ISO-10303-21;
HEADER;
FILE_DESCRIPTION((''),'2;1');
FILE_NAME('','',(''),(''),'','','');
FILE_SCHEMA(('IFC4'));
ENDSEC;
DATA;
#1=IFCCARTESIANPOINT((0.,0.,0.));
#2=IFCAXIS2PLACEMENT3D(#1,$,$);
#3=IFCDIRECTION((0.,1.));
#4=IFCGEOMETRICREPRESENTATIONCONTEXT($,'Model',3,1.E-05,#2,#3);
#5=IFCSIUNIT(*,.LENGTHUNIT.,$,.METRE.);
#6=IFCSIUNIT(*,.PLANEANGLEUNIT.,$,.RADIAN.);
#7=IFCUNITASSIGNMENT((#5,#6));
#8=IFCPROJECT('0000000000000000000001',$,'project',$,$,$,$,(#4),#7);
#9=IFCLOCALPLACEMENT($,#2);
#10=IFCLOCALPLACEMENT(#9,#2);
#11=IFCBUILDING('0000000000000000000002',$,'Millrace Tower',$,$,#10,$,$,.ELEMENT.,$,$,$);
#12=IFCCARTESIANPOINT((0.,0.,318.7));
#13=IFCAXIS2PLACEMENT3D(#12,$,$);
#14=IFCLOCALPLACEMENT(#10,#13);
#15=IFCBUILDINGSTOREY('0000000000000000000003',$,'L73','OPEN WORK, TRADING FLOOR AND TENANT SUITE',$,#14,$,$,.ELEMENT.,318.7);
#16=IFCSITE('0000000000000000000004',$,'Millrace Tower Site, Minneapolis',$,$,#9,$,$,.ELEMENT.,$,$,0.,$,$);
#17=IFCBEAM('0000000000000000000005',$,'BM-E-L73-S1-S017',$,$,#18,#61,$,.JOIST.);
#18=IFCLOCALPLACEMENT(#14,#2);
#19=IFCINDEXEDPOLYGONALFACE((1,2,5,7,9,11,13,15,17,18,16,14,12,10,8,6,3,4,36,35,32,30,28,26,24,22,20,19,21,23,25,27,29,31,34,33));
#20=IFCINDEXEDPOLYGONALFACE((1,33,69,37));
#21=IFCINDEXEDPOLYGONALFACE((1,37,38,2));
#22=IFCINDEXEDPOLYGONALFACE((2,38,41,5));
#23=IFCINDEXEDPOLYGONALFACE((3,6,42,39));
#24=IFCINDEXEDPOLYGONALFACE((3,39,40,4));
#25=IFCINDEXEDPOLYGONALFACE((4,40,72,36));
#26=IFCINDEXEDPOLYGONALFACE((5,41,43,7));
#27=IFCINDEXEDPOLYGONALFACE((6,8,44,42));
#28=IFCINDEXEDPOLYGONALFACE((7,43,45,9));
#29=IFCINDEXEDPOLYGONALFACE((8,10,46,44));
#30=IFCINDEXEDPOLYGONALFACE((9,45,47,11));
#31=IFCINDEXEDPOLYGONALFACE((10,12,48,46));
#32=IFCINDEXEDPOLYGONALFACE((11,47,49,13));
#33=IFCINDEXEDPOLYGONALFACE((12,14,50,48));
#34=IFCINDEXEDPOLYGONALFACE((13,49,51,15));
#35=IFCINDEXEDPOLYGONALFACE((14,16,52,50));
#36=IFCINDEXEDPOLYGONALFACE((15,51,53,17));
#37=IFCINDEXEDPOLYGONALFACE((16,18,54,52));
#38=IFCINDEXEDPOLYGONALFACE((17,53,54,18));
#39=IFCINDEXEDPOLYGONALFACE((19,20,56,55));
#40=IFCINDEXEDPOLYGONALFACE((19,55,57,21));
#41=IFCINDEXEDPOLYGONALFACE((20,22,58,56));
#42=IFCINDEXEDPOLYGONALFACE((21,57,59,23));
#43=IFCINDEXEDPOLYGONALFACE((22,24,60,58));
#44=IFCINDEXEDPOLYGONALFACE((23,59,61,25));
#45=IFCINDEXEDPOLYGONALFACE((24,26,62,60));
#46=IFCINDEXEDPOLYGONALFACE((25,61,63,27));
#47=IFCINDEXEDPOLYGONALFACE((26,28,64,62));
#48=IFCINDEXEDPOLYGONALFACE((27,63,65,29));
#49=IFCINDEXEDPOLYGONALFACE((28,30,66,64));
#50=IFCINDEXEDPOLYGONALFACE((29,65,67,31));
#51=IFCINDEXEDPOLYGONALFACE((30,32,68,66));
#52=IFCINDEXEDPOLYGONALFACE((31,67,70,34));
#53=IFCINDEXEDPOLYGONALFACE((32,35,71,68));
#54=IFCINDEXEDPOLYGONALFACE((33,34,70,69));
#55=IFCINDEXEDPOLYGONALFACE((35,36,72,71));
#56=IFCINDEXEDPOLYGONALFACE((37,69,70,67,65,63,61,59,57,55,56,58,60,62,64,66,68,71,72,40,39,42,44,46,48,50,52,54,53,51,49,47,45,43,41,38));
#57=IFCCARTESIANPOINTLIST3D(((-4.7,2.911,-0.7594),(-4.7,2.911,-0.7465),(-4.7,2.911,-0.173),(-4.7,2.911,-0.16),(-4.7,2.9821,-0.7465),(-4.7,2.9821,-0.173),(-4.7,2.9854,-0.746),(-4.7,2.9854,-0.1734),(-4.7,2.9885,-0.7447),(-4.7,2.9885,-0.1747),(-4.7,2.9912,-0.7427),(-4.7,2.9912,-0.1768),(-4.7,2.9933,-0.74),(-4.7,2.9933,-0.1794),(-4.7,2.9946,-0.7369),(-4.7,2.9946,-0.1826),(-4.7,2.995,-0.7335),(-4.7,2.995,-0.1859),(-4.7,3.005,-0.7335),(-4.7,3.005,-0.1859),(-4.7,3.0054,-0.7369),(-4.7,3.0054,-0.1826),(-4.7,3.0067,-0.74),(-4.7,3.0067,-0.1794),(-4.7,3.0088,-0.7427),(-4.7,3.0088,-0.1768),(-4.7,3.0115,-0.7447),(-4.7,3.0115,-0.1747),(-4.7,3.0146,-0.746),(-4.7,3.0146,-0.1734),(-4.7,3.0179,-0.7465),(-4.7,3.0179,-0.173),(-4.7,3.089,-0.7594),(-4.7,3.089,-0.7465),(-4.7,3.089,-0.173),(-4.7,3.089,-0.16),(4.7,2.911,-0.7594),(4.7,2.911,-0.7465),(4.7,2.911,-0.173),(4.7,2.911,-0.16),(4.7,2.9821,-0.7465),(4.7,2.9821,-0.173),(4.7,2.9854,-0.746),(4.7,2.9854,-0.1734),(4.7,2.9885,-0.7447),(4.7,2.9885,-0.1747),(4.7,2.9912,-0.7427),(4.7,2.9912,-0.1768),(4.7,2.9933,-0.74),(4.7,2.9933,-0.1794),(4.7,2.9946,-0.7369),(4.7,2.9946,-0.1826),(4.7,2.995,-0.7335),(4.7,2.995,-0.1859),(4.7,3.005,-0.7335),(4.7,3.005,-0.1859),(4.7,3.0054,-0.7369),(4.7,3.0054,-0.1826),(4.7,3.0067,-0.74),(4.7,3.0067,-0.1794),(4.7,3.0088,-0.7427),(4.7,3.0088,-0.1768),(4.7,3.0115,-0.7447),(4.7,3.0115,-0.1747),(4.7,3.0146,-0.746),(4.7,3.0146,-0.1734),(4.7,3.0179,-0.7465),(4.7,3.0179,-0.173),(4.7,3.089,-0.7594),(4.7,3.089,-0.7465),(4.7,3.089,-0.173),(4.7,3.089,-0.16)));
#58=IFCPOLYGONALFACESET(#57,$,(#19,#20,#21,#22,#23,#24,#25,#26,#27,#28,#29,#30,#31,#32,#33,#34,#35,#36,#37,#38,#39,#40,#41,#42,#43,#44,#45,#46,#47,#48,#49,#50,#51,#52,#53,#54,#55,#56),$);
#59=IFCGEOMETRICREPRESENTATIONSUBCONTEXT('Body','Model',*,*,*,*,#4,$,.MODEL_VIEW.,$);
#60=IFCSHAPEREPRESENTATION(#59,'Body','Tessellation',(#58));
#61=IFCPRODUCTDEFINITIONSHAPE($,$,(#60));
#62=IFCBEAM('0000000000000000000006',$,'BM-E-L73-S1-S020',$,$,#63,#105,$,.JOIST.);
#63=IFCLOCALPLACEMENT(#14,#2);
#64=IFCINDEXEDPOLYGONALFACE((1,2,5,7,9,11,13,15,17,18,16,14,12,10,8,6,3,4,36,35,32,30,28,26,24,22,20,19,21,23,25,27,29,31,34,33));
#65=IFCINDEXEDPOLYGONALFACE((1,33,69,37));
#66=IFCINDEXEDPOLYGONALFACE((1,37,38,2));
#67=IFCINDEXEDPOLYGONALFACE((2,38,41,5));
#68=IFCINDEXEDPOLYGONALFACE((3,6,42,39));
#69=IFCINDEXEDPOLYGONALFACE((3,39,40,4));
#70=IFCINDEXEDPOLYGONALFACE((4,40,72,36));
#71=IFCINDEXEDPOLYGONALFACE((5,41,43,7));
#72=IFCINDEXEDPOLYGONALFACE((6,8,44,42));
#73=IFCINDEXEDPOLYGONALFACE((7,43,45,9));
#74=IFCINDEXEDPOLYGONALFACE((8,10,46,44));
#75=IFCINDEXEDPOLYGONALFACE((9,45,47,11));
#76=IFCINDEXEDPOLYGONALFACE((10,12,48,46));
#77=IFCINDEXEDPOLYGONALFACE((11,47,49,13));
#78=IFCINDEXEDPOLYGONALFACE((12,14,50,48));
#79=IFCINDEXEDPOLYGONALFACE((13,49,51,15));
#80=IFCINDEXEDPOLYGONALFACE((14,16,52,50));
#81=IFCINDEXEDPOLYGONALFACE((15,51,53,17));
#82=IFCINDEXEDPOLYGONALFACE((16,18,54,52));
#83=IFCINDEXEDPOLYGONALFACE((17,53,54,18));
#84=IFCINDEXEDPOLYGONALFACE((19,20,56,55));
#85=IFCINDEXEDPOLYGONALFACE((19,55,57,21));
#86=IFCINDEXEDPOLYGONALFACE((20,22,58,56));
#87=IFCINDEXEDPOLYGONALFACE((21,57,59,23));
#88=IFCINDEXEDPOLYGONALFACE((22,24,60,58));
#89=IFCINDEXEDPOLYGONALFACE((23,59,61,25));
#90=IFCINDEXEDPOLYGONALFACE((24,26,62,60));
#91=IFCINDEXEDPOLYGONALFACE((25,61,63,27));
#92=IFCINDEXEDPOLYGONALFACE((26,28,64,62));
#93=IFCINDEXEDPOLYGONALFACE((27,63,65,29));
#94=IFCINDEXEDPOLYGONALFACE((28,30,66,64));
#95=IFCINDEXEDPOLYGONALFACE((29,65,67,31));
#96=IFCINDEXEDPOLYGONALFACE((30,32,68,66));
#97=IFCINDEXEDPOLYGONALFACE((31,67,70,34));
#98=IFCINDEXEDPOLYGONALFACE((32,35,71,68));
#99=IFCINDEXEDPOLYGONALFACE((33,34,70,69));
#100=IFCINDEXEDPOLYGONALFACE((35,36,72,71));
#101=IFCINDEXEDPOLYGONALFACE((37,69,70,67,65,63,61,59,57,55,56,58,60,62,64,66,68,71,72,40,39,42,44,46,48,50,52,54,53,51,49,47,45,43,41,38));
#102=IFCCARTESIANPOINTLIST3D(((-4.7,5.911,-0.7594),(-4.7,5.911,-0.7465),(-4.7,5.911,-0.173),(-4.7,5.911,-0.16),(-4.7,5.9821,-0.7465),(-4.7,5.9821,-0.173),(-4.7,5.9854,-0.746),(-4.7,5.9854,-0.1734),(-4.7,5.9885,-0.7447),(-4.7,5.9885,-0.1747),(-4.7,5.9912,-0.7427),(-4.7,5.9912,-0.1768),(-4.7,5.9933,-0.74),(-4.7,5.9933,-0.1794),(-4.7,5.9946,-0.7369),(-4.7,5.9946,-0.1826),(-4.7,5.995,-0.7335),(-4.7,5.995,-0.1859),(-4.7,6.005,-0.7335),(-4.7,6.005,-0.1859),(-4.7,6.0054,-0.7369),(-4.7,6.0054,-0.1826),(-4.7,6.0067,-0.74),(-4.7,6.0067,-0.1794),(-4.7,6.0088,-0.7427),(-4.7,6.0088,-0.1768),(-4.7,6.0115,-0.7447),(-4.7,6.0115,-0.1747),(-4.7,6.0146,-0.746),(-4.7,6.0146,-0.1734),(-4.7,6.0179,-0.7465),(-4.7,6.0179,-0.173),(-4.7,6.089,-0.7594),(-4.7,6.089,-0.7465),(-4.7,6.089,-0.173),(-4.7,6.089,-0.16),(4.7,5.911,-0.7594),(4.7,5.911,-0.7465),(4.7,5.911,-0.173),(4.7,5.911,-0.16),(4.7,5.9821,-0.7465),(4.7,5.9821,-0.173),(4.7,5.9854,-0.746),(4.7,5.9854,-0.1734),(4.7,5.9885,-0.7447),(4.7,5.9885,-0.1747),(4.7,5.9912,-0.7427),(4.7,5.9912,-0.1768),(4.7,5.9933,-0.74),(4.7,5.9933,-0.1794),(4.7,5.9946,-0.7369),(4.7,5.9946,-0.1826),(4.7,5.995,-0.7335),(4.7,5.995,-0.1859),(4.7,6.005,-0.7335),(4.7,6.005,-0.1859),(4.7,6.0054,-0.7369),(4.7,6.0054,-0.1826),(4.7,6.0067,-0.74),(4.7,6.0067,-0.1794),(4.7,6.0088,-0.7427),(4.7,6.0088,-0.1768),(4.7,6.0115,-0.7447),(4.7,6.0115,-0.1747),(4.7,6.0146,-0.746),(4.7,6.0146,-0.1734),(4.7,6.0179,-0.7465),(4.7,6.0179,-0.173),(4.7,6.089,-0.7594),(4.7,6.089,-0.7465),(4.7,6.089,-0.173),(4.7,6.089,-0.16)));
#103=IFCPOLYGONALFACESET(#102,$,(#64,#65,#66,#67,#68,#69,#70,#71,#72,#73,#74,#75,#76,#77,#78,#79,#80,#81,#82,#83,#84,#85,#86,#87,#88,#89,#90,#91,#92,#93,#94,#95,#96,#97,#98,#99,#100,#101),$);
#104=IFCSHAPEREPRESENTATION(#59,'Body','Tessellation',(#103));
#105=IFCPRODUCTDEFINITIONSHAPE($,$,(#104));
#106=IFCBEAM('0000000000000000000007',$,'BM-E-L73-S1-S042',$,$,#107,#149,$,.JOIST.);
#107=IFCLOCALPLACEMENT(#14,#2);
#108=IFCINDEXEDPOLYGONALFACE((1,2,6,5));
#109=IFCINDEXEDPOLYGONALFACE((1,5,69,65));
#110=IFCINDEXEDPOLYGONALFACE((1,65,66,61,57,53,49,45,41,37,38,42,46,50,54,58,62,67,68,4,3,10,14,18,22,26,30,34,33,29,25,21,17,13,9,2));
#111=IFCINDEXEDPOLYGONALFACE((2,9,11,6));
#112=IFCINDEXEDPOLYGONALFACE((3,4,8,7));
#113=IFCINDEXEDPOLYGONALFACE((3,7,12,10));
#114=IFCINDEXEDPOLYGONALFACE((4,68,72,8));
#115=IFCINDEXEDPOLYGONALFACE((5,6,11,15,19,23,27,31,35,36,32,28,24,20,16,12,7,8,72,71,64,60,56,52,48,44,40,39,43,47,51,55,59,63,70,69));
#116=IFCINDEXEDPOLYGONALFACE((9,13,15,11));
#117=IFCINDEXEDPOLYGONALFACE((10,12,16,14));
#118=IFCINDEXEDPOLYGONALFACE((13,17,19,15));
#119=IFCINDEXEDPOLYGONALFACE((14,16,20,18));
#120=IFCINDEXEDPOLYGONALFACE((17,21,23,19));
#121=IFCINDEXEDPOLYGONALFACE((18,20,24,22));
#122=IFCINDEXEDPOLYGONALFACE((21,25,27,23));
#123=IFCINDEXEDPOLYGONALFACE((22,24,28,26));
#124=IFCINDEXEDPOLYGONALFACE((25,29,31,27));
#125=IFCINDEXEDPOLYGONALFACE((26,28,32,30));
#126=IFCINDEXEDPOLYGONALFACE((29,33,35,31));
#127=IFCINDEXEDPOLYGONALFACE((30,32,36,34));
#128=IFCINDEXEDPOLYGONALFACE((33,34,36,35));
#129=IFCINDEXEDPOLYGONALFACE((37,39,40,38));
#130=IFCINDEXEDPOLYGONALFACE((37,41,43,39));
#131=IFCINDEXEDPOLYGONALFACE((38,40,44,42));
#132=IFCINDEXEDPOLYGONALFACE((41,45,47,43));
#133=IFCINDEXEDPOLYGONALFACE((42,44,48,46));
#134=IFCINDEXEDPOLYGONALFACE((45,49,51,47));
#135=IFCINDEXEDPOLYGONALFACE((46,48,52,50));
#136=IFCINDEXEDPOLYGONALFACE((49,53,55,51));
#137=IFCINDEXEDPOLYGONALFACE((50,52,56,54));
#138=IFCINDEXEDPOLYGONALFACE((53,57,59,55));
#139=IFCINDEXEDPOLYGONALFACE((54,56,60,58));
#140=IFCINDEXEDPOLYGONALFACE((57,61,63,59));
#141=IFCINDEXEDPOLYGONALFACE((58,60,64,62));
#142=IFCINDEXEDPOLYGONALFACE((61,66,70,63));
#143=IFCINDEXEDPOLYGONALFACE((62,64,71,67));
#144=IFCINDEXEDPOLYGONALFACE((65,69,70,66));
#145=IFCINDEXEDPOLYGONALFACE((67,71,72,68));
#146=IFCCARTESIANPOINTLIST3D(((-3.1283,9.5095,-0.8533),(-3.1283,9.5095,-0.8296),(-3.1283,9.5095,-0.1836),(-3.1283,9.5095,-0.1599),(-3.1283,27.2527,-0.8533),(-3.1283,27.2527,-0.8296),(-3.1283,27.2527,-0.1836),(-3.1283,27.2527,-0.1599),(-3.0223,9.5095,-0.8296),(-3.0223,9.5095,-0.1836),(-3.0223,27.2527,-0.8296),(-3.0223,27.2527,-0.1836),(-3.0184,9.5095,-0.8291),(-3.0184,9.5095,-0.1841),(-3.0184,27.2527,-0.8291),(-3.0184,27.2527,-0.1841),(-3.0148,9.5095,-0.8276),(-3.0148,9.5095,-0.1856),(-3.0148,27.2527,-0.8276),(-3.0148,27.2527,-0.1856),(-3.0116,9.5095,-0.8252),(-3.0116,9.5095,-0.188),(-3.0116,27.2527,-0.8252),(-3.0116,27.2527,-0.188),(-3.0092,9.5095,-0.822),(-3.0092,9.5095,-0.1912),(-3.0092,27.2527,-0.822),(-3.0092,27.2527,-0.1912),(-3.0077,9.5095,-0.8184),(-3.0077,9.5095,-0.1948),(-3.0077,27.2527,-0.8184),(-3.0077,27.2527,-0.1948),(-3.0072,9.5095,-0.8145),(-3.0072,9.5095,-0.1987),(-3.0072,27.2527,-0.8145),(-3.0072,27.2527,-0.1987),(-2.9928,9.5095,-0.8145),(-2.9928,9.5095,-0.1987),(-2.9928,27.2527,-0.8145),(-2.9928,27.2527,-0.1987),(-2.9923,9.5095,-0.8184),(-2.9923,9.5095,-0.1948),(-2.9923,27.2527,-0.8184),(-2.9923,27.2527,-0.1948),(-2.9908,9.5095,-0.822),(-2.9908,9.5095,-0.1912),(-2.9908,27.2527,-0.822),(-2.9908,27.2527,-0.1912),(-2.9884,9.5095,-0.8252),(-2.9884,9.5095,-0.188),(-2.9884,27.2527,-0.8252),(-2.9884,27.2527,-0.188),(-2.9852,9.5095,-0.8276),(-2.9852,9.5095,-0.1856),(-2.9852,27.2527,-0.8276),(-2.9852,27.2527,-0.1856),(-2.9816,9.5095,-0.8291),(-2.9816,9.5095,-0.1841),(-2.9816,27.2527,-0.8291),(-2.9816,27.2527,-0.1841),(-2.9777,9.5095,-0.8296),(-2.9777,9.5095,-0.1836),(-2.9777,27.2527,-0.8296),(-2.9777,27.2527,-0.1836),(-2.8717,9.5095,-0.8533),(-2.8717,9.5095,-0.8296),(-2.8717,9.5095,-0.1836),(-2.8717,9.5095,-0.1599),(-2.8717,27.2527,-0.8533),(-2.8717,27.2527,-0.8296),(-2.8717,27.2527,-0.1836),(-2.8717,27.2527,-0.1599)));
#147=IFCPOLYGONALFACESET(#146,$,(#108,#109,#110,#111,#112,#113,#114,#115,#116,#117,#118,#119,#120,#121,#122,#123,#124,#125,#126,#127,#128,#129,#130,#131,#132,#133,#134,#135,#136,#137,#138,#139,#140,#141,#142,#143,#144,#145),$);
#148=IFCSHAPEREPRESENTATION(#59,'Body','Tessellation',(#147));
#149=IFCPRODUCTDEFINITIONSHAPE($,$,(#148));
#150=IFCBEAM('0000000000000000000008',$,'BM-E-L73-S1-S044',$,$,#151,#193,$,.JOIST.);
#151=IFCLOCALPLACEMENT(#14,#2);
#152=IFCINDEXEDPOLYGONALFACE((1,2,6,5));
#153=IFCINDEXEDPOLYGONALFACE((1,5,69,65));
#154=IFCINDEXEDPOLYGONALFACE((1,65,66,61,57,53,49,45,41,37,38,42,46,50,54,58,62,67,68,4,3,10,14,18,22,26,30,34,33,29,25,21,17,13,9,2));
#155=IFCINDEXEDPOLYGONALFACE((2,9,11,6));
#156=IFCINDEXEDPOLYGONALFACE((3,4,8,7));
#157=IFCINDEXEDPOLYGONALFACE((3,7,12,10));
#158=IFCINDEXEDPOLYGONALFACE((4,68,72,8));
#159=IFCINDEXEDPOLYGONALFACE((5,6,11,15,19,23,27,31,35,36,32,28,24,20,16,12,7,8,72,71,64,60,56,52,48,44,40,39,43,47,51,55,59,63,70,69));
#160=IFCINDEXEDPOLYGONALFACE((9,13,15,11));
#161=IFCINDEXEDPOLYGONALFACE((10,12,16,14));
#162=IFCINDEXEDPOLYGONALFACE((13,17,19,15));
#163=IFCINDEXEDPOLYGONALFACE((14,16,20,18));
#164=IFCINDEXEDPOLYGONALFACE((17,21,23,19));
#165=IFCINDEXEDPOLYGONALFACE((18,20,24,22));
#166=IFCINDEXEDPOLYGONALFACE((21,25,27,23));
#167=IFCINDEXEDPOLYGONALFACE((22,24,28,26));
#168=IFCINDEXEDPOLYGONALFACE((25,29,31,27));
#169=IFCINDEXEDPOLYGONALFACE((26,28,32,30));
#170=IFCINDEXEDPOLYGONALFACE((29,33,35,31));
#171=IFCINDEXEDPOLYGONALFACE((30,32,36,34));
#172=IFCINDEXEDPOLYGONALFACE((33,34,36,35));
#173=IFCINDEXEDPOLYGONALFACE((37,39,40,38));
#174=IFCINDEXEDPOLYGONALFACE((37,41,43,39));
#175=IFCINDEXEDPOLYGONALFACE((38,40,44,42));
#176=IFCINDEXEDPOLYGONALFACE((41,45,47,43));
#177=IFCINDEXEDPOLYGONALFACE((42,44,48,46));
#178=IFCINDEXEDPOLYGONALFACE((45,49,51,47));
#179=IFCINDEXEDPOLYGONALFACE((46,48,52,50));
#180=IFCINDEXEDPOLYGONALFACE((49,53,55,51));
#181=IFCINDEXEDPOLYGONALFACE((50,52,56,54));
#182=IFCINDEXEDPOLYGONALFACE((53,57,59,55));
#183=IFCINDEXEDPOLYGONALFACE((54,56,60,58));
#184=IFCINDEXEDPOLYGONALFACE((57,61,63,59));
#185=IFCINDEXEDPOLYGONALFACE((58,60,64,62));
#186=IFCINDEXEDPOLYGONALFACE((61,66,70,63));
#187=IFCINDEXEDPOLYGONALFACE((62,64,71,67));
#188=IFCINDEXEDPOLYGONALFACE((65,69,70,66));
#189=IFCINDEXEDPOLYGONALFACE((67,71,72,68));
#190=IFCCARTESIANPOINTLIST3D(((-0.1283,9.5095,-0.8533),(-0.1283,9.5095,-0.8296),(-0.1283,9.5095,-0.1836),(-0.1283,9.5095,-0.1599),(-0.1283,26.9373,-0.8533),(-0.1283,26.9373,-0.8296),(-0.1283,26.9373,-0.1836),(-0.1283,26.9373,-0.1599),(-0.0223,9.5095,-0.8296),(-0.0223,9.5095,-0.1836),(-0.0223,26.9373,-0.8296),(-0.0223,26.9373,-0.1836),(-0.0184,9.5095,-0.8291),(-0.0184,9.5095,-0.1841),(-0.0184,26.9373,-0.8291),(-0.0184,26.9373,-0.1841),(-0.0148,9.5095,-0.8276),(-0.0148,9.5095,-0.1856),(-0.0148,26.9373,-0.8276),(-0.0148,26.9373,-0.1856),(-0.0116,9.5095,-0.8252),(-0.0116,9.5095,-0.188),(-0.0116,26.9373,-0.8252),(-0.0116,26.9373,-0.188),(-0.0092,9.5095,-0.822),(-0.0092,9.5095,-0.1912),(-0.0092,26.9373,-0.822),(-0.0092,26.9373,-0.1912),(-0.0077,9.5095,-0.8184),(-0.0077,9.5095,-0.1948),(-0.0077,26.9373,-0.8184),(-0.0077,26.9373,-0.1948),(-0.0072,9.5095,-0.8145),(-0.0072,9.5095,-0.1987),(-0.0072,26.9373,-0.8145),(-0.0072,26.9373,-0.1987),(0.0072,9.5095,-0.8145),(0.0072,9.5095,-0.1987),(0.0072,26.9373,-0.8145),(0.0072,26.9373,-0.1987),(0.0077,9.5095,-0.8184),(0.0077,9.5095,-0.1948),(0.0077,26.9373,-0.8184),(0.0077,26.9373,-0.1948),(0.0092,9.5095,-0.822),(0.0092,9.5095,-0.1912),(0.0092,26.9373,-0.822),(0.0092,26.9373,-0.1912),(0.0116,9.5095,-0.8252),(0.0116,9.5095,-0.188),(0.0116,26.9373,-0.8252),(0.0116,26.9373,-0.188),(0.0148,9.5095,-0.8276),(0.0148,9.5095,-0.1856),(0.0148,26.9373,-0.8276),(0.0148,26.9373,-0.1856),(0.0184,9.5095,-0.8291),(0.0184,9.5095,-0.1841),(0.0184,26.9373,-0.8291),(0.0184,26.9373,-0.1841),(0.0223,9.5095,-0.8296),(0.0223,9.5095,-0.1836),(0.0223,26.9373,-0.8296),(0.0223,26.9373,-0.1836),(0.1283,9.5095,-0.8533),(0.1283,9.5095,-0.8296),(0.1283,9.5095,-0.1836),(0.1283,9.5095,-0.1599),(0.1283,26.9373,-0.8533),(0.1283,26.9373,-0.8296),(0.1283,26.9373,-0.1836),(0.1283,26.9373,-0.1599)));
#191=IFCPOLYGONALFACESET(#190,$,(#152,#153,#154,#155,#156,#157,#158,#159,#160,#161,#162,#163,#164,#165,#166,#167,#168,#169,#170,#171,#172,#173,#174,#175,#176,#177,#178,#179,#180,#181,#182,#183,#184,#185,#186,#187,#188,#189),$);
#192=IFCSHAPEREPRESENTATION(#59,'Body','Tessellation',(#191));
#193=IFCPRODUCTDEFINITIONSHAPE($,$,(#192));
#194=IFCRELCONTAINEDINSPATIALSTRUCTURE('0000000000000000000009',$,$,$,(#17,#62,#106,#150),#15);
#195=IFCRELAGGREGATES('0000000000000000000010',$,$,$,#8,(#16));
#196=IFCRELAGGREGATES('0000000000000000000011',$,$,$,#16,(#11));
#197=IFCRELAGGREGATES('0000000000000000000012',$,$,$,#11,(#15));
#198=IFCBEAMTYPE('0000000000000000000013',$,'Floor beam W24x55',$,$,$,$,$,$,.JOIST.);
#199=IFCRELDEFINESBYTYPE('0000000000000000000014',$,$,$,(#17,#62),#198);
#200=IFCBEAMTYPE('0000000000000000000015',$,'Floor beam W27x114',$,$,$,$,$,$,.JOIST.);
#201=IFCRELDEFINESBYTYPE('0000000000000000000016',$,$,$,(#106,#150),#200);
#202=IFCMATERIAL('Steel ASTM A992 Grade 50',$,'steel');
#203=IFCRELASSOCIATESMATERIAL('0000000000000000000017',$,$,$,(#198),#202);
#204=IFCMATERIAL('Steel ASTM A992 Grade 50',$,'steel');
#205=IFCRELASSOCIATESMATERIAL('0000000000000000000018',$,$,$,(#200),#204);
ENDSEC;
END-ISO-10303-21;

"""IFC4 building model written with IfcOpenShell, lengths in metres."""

from ifc_helpers import new_model, si_unit, direction, frame, origin, origin_2d, place, context, subcontext, project, spatial, i_section, extrude, material, material_profile, profile_set, type_object, element, save


model = new_model("IFC4")

# Units and contexts
model_context = context("Model", 3, precision=1e-05, world=origin(), true_north=direction((0.0, 1.0)))
body_context = subcontext(model_context, "Body", "Model", "MODEL_VIEW")
ifc_project = project(units=[si_unit("LENGTHUNIT", "METRE"), si_unit("PLANEANGLEUNIT", "RADIAN")], contexts=[model_context])

# Site, building, storey
site_placement = place(None, origin())
site = spatial("IfcSite", under=ifc_project, at=site_placement, Name="Millrace Tower Site, Minneapolis", CompositionType="ELEMENT", RefElevation=0.0)
building_placement = place(site_placement, origin())
building = spatial("IfcBuilding", under=site, at=building_placement, Name="Millrace Tower", CompositionType="ELEMENT")
storey_placement = place(building_placement, frame((0.0, 0.0, 318.7)))
storey = spatial("IfcBuildingStorey", under=building, at=storey_placement, Name="L73", Description="OPEN WORK, TRADING FLOOR AND TENANT SUITE", CompositionType="ELEMENT", Elevation=318.7)

# Beams
ifc_material_1 = material(Name="Steel ASTM A992 Grade 50", Category="steel")
ifc_material_profile_1 = material_profile(ifc_material_1, i_section(OverallWidth=0.178, OverallDepth=0.5994, WebThickness=0.01, FlangeThickness=0.0129, FilletRadius=0.0129, at=origin_2d()))
ifc_profile_set_1 = profile_set([ifc_material_profile_1], Name="Steel ASTM A992 Grade 50")
beam_type_1 = type_object("IfcBeamType", Name="Floor beam W24x55", PredefinedType="JOIST", material=ifc_profile_set_1)
for number, where, z_axis, x_axis, name in (
    (1, (-4.7, 3.0, -0.4597), (1.0, 0.0, 0.0), (0.0, 1.0, 0.0), "BM-E-L73-S1-S017"),
    (2, (-4.7, 6.0, -0.4597), (1.0, 0.0, 0.0), (0.0, 1.0, 0.0), "BM-E-L73-S1-S020"),
):
    element("IfcBeam", number, at=place(storey_placement, frame(where, z_axis=z_axis, x_axis=x_axis)), inside=storey, type_object=beam_type_1, Name=name, PredefinedType="JOIST", context=body_context, shape_type="SweptSolid", body=[
        extrude(i_section(OverallWidth=0.178, OverallDepth=0.5994, WebThickness=0.01, FlangeThickness=0.0129, FilletRadius=0.0129, at=origin_2d()), origin(), (0.0, 0.0, 1.0), 9.3999),
    ])
ifc_material_2 = material(Name="Steel ASTM A992 Grade 50", Category="steel")
ifc_material_profile_2 = material_profile(ifc_material_2, i_section(OverallWidth=0.2566, OverallDepth=0.6934, WebThickness=0.0144, FlangeThickness=0.0237, FilletRadius=0.0151, at=origin_2d()))
ifc_profile_set_2 = profile_set([ifc_material_profile_2], Name="Steel ASTM A992 Grade 50")
beam_type_2 = type_object("IfcBeamType", Name="Floor beam W27x114", PredefinedType="JOIST", material=ifc_profile_set_2)
beam_1_placement = place(storey_placement, frame((-3.0, 9.5095, -0.5066), z_axis=(0.0, 1.0, 0.0), x_axis=(-1.0, 0.0, 0.0)))
element("IfcBeam", 3, at=beam_1_placement, inside=storey, type_object=beam_type_2, Name="BM-E-L73-S1-S042", PredefinedType="JOIST", context=body_context, shape_type="SweptSolid", body=[
    extrude(i_section(OverallWidth=0.2566, OverallDepth=0.6934, WebThickness=0.0144, FlangeThickness=0.0237, FilletRadius=0.0151, at=origin_2d()), origin(), (0.0, 0.0, 1.0), 17.7432),
])
beam_2_placement = place(storey_placement, frame((0.0, 9.5095, -0.5066), z_axis=(0.0, 1.0, 0.0), x_axis=(-1.0, 0.0, 0.0)))
element("IfcBeam", 4, at=beam_2_placement, inside=storey, type_object=beam_type_2, Name="BM-E-L73-S1-S044", PredefinedType="JOIST", context=body_context, shape_type="SweptSolid", body=[
    extrude(i_section(OverallWidth=0.2566, OverallDepth=0.6934, WebThickness=0.0144, FlangeThickness=0.0237, FilletRadius=0.0151, at=origin_2d()), origin(), (0.0, 0.0, 1.0), 17.4277),
])

save(model, "model.ifc")
